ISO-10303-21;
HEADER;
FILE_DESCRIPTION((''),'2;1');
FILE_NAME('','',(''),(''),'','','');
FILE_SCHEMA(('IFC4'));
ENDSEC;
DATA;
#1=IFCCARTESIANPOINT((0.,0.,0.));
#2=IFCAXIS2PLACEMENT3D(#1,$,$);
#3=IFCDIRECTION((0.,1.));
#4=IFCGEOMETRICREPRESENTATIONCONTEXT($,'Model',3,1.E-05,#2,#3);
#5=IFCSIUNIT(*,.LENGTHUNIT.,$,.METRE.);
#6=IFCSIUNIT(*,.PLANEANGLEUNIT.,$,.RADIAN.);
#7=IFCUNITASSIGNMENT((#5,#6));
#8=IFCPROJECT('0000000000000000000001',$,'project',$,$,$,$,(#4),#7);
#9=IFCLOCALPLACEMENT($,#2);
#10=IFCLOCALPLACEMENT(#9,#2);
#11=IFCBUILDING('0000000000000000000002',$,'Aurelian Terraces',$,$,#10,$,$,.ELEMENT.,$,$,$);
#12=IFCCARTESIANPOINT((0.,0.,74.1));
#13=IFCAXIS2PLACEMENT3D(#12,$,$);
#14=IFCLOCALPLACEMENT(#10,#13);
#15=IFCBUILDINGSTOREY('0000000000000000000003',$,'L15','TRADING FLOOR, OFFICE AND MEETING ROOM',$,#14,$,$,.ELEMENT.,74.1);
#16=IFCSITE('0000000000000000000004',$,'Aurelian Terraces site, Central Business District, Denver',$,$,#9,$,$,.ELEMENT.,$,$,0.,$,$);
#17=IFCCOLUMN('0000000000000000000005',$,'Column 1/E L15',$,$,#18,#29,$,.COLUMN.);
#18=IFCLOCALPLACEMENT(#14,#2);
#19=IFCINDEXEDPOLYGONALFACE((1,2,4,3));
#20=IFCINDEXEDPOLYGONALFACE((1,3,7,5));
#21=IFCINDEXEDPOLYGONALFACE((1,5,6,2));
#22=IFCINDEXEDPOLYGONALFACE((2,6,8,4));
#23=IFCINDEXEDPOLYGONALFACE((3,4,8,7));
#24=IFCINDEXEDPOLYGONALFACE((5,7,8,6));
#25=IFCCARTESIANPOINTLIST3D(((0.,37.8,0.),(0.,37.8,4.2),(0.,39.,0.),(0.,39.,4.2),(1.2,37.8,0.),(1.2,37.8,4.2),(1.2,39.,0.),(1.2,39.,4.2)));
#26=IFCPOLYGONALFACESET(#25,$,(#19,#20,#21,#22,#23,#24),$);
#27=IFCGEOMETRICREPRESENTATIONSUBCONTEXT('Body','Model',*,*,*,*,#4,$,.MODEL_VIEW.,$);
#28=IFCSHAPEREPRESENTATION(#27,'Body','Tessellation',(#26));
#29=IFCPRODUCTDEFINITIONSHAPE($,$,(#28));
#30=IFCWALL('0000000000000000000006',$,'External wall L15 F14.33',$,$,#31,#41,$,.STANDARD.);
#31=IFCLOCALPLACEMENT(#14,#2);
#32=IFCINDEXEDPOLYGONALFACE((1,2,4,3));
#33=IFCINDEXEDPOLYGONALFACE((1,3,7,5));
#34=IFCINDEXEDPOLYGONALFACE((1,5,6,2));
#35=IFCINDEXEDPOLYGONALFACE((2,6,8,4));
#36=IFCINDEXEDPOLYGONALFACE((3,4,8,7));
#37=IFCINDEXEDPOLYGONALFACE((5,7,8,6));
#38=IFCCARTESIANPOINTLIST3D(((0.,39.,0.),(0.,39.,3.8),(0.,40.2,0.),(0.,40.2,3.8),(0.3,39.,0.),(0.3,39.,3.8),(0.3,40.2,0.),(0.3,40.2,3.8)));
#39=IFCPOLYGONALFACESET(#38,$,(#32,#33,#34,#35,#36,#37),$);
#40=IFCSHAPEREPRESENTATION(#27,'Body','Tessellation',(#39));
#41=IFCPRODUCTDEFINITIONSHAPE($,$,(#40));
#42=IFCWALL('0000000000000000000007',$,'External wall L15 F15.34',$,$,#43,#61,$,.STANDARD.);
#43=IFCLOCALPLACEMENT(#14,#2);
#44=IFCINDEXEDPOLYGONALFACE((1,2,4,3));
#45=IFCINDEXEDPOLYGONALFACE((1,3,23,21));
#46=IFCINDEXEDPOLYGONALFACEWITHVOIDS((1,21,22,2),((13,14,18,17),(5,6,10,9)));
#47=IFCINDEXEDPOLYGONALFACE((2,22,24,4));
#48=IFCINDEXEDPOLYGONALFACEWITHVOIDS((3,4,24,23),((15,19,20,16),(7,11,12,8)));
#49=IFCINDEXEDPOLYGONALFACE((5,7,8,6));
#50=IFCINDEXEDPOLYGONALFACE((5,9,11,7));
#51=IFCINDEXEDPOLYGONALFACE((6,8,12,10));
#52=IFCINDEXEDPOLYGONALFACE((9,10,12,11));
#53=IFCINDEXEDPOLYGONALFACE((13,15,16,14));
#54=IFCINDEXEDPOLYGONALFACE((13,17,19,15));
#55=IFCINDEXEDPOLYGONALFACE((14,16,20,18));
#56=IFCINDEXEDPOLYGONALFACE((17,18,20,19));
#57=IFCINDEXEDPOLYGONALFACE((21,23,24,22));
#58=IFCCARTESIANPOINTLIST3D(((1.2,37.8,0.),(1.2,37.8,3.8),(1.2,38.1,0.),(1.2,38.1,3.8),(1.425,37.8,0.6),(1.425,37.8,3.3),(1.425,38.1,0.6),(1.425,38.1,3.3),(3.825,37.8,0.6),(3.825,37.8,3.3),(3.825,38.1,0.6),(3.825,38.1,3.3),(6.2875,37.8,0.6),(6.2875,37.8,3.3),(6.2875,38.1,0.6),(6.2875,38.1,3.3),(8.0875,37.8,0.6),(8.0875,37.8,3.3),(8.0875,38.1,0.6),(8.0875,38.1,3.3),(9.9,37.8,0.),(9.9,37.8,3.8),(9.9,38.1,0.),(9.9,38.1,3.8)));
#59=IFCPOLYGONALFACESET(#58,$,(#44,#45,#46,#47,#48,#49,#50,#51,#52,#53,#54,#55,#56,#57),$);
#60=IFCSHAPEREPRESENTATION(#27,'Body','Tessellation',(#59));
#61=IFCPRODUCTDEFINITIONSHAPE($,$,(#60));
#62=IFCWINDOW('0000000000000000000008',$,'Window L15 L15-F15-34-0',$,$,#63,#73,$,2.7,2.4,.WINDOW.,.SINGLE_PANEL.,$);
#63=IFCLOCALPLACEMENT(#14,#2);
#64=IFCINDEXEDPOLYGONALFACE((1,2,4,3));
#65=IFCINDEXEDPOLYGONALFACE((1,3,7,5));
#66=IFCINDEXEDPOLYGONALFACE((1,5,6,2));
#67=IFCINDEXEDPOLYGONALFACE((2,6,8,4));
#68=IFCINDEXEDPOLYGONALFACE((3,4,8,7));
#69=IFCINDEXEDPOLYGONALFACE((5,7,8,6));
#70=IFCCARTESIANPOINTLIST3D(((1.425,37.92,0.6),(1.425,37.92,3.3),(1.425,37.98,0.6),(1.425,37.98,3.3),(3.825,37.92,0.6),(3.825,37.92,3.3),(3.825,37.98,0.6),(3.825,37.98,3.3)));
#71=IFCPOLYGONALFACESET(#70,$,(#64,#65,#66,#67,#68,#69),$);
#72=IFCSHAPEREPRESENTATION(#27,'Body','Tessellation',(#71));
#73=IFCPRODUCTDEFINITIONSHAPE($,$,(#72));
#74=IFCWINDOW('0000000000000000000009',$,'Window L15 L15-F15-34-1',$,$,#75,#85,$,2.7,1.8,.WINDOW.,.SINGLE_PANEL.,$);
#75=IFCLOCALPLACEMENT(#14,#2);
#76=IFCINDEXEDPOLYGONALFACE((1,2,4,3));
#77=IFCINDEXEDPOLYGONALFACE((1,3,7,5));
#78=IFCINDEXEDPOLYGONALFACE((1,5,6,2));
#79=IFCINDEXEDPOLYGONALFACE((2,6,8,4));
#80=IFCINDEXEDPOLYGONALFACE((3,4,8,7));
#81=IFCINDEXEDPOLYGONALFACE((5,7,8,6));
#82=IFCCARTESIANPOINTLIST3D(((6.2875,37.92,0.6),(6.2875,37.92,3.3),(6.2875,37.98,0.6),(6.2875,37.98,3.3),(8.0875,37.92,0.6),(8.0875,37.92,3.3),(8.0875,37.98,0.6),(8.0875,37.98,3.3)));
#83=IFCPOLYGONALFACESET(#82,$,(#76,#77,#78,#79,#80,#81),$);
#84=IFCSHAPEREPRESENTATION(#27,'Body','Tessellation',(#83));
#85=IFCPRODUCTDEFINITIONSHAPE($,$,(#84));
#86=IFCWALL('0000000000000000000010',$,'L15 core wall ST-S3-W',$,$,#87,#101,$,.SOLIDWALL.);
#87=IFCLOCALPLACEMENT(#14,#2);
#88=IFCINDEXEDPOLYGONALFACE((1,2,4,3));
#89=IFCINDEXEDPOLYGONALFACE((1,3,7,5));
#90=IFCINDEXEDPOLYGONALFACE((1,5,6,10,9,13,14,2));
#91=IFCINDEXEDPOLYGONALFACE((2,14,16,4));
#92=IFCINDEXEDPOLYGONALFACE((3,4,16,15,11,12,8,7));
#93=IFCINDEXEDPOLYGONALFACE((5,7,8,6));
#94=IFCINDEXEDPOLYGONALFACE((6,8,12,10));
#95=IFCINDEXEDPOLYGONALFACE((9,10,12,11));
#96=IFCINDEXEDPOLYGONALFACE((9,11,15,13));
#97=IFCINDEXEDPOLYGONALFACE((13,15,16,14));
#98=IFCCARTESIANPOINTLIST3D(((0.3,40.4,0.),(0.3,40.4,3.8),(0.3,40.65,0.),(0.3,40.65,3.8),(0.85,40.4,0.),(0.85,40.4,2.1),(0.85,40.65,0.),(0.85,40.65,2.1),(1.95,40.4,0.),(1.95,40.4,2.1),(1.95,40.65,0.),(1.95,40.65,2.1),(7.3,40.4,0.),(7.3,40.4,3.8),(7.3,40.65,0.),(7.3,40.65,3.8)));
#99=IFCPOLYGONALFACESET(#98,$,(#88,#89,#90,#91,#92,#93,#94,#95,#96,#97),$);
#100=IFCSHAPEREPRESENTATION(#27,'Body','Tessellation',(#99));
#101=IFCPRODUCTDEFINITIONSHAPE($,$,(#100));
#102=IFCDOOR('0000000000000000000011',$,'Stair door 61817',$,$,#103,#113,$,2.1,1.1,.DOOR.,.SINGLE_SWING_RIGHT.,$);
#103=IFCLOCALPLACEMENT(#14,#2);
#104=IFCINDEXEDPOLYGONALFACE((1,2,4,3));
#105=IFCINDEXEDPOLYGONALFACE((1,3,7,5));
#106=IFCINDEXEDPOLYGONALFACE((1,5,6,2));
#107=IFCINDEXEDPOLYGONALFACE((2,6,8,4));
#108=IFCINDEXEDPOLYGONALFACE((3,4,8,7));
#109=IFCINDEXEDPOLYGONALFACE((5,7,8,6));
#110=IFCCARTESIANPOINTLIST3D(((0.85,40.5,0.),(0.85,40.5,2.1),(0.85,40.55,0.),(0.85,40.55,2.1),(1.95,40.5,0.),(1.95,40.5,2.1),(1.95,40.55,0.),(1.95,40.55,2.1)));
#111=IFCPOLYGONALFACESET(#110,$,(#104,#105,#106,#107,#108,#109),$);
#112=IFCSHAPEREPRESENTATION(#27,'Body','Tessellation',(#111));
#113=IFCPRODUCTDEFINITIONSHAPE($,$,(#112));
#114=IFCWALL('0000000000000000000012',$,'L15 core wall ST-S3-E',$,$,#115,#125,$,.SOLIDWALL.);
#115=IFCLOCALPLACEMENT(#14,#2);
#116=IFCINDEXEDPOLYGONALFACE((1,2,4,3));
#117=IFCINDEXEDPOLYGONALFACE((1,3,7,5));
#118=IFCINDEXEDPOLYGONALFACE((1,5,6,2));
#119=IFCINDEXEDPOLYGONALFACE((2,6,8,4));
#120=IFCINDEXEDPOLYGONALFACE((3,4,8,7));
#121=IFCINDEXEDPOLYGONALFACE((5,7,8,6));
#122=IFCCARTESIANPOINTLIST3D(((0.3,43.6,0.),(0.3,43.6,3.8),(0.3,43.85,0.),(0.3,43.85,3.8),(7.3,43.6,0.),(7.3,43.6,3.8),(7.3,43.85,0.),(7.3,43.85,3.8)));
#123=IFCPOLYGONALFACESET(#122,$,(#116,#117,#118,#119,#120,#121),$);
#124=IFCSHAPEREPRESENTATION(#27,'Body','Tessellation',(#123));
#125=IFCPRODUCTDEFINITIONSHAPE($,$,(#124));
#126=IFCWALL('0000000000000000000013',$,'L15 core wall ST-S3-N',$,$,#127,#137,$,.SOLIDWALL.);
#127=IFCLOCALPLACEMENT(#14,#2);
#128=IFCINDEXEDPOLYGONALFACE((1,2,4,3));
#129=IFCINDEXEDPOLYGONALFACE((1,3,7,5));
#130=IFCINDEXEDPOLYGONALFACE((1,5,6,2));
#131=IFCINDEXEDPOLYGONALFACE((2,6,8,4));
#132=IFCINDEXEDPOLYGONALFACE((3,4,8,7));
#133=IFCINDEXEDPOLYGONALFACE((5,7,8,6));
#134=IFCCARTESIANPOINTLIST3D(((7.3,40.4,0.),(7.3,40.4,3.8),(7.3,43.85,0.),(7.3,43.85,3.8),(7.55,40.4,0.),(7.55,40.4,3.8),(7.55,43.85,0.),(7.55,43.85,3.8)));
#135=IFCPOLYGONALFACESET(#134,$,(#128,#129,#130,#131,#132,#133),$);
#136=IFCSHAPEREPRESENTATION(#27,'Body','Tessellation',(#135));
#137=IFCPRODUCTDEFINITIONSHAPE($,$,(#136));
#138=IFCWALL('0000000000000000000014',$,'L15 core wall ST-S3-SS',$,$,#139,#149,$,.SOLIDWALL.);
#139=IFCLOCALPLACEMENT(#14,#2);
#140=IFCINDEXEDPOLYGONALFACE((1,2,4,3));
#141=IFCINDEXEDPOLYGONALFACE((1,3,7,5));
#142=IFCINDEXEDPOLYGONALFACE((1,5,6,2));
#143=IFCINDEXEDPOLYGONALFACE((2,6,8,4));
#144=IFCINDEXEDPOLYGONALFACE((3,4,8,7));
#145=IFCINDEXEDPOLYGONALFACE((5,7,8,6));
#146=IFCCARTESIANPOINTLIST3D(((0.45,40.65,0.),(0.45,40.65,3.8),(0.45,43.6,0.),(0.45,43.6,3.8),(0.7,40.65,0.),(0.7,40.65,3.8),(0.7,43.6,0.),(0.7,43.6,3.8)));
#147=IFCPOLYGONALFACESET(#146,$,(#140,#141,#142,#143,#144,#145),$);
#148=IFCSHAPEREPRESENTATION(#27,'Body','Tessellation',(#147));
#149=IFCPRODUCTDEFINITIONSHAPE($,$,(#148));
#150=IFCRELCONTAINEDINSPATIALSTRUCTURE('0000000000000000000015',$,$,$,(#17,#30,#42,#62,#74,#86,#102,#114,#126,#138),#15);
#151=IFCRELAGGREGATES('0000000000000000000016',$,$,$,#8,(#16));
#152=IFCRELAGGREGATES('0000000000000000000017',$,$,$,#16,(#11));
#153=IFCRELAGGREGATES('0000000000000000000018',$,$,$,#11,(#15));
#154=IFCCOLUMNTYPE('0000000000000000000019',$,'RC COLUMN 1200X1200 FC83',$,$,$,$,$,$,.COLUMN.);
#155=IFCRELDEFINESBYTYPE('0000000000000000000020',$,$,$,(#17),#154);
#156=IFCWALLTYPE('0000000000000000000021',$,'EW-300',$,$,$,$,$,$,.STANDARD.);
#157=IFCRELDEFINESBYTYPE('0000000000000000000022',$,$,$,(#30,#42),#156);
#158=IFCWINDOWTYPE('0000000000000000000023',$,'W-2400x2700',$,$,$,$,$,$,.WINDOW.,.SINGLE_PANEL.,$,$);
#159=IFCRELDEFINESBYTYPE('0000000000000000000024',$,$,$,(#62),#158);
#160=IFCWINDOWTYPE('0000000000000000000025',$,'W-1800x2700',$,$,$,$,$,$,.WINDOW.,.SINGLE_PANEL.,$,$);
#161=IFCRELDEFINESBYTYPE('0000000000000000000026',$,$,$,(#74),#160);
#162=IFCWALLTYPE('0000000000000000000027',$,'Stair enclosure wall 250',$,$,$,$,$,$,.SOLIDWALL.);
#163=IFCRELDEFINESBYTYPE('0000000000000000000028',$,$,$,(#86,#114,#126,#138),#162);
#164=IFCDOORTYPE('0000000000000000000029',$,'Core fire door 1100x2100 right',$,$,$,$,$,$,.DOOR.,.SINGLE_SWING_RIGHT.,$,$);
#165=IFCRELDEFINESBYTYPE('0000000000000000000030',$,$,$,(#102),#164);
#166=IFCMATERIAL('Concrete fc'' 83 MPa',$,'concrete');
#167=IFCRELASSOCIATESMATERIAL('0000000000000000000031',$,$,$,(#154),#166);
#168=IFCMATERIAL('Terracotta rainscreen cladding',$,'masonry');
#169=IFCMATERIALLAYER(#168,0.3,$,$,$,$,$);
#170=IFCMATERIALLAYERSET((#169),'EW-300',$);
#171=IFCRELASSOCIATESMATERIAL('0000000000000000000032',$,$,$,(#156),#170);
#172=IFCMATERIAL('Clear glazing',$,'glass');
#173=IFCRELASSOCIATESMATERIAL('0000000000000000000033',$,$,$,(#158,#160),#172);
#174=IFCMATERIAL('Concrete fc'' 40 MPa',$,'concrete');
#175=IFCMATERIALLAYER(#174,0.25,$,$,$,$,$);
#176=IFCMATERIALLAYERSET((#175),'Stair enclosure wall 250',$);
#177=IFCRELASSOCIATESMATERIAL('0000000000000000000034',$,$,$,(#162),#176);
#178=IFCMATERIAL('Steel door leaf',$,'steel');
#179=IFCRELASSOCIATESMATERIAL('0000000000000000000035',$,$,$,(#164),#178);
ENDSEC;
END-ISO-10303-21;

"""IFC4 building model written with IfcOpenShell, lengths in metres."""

from ifc_helpers import new_model, si_unit, direction, frame, frame_2d, origin, origin_2d, place, context, subcontext, project, spatial, rectangle, extrude, source, transform, mapped, material, layer, layer_set, material_profile, profile_set, type_object, element, fill, save


model = new_model("IFC4")

# Units and contexts
model_context = context("Model", 3, precision=1e-05, world=origin(), true_north=direction((0.0, 1.0)))
body_context = subcontext(model_context, "Body", "Model", "MODEL_VIEW")
ifc_project = project(units=[si_unit("LENGTHUNIT", "METRE"), si_unit("PLANEANGLEUNIT", "RADIAN")], contexts=[model_context])

# Site, building, storey
site_placement = place(None, origin())
site = spatial("IfcSite", under=ifc_project, at=site_placement, Name="Aurelian Terraces site, Central Business District, Denver", CompositionType="ELEMENT", RefElevation=0.0)
building_placement = place(site_placement, origin())
building = spatial("IfcBuilding", under=site, at=building_placement, Name="Aurelian Terraces", CompositionType="ELEMENT")
storey_placement = place(building_placement, frame((0.0, 0.0, 74.1)))
storey = spatial("IfcBuildingStorey", under=building, at=storey_placement, Name="L15", Description="TRADING FLOOR, OFFICE AND MEETING ROOM", CompositionType="ELEMENT", Elevation=74.1)

# Column
ifc_material_1 = material(Name="Concrete fc' 83 MPa", Category="concrete")
ifc_material_profile = material_profile(ifc_material_1, rectangle(XDim=1.2, YDim=1.2, at=origin_2d()))
ifc_profile_set = profile_set([ifc_material_profile], Name="Concrete fc' 83 MPa")
column_type = type_object("IfcColumnType", Name="RC COLUMN 1200X1200 FC83", PredefinedType="COLUMN", material=ifc_profile_set)
shared_shape_1 = source(origin(), body_context, "Body", "SweptSolid", [
    extrude(rectangle(XDim=1.2, YDim=1.2, at=origin_2d()), origin(), (0.0, 0.0, 1.0), 4.2),
])
column_placement = place(storey_placement, frame((0.6, 38.4, 0.0), z_axis=(0.0, 0.0, 1.0), x_axis=(1.0, 0.0, 0.0)))
element("IfcColumn", 1, at=column_placement, inside=storey, type_object=column_type, Name="Column 1/E L15", PredefinedType="COLUMN", context=body_context, shape_type="MappedRepresentation", body=[
    mapped(shared_shape_1, transform((0.0, 0.0, 0.0), scale=1.0)),
])

# Wall
ifc_material_2 = material(Name="Terracotta rainscreen cladding", Category="masonry")
ifc_layer_1 = layer(ifc_material_2, 0.3)
ifc_layer_set_1 = layer_set([ifc_layer_1], Name="EW-300")
wall_type_1 = type_object("IfcWallType", Name="EW-300", PredefinedType="STANDARD", material=ifc_layer_set_1)
shared_shape_2 = source(origin(), body_context, "Body", "SweptSolid", [
    extrude(rectangle(XDim=1.2, YDim=0.3, at=frame_2d((0.6, 0.0))), origin(), (0.0, 0.0, 1.0), 3.8),
])
wall_1_placement = place(storey_placement, frame((0.15, 40.2, 0.0), z_axis=(0.0, 0.0, 1.0), x_axis=(0.0, -1.0, 0.0)))
element("IfcWall", 2, at=wall_1_placement, inside=storey, type_object=wall_type_1, Name="External wall L15 F14.33", PredefinedType="STANDARD", context=body_context, shape_type="MappedRepresentation", body=[
    mapped(shared_shape_2, transform((0.0, 0.0, 0.0), scale=1.0)),
])

# Wall, openings, windows
shared_shape_3 = source(origin(), body_context, "Body", "SweptSolid", [
    extrude(rectangle(XDim=8.7, YDim=0.3, at=frame_2d((4.35, 0.0))), origin(), (0.0, 0.0, 1.0), 3.8),
])
wall_2_placement = place(storey_placement, frame((1.2, 37.95, 0.0), z_axis=(0.0, 0.0, 1.0), x_axis=(1.0, 0.0, 0.0)))
wall_2 = element("IfcWall", 3, at=wall_2_placement, inside=storey, type_object=wall_type_1, Name="External wall L15 F15.34", PredefinedType="STANDARD", context=body_context, shape_type="MappedRepresentation", body=[
    mapped(shared_shape_3, transform((0.0, 0.0, 0.0), scale=1.0)),
])
shared_shape_4 = source(origin(), body_context, "Body", "SweptSolid", [
    extrude(rectangle(XDim=2.4, YDim=2.7, at=frame_2d((1.2, 1.35))), frame((0.0, 0.16, 0.0), z_axis=(0.0, -1.0, 0.0), x_axis=(1.0, 0.0, 0.0)), (0.0, 0.0, 1.0), 0.32),
])
opening_1_placement = place(wall_2_placement, frame((0.225, 0.0, 0.6)))
opening_1 = element("IfcOpeningElement", 4, at=opening_1_placement, cuts=wall_2, PredefinedType="OPENING", context=body_context, shape_type="MappedRepresentation", body=[
    mapped(shared_shape_4, transform((0.0, 0.0, 0.0), scale=1.0)),
])
shared_shape_5 = source(origin(), body_context, "Body", "SweptSolid", [
    extrude(rectangle(XDim=1.8, YDim=2.7, at=frame_2d((0.9, 1.35))), frame((0.0, 0.16, 0.0), z_axis=(0.0, -1.0, 0.0), x_axis=(1.0, 0.0, 0.0)), (0.0, 0.0, 1.0), 0.32),
])
opening_2_placement = place(wall_2_placement, frame((5.0875, 0.0, 0.6)))
opening_2 = element("IfcOpeningElement", 5, at=opening_2_placement, cuts=wall_2, PredefinedType="OPENING", context=body_context, shape_type="MappedRepresentation", body=[
    mapped(shared_shape_5, transform((0.0, 0.0, 0.0), scale=1.0)),
])
ifc_material_3 = material(Name="Clear glazing", Category="glass")
window_type_1 = type_object("IfcWindowType", Name="W-2400x2700", PartitioningType="SINGLE_PANEL", PredefinedType="WINDOW", material=ifc_material_3)
shared_shape_6 = source(origin(), body_context, "Body", "SweptSolid", [
    extrude(rectangle(XDim=2.4, YDim=2.7, at=frame_2d((1.2, 1.35))), frame((0.0, 0.03, 0.0), z_axis=(0.0, -1.0, 0.0), x_axis=(1.0, 0.0, 0.0)), (0.0, 0.0, 1.0), 0.06),
])
window_1_placement = place(opening_1_placement, origin())
window_1 = element("IfcWindow", 6, at=window_1_placement, inside=storey, type_object=window_type_1, Name="Window L15 L15-F15-34-0", OverallHeight=2.7, OverallWidth=2.4, PartitioningType="SINGLE_PANEL", PredefinedType="WINDOW", context=body_context, shape_type="MappedRepresentation", body=[
    mapped(shared_shape_6, transform((0.0, 0.0, 0.0), scale=1.0)),
])
fill(opening_1, window_1)
window_type_2 = type_object("IfcWindowType", Name="W-1800x2700", PartitioningType="SINGLE_PANEL", PredefinedType="WINDOW", material=ifc_material_3)
shared_shape_7 = source(origin(), body_context, "Body", "SweptSolid", [
    extrude(rectangle(XDim=1.8, YDim=2.7, at=frame_2d((0.9, 1.35))), frame((0.0, 0.03, 0.0), z_axis=(0.0, -1.0, 0.0), x_axis=(1.0, 0.0, 0.0)), (0.0, 0.0, 1.0), 0.06),
])
window_2_placement = place(opening_2_placement, origin())
window_2 = element("IfcWindow", 7, at=window_2_placement, inside=storey, type_object=window_type_2, Name="Window L15 L15-F15-34-1", OverallHeight=2.7, OverallWidth=1.8, PartitioningType="SINGLE_PANEL", PredefinedType="WINDOW", context=body_context, shape_type="MappedRepresentation", body=[
    mapped(shared_shape_7, transform((0.0, 0.0, 0.0), scale=1.0)),
])
fill(opening_2, window_2)

# Wall, opening, door
ifc_material_4 = material(Name="Concrete fc' 40 MPa", Category="concrete")
ifc_layer_2 = layer(ifc_material_4, 0.25)
ifc_layer_set_2 = layer_set([ifc_layer_2], Name="Stair enclosure wall 250")
wall_type_2 = type_object("IfcWallType", Name="Stair enclosure wall 250", PredefinedType="SOLIDWALL", material=ifc_layer_set_2)
shared_shape_8 = source(origin(), body_context, "Body", "SweptSolid", [
    extrude(rectangle(XDim=7.0, YDim=0.25, at=frame_2d((3.5, 0.0))), origin(), (0.0, 0.0, 1.0), 3.8),
])
wall_3_placement = place(storey_placement, frame((0.3, 40.525, 0.0), z_axis=(0.0, 0.0, 1.0), x_axis=(1.0, 0.0, 0.0)))
wall_3 = element("IfcWall", 8, at=wall_3_placement, inside=storey, type_object=wall_type_2, Name="L15 core wall ST-S3-W", PredefinedType="SOLIDWALL", context=body_context, shape_type="MappedRepresentation", body=[
    mapped(shared_shape_8, transform((0.0, 0.0, 0.0), scale=1.0)),
])
shared_shape_9 = source(origin(), body_context, "Body", "SweptSolid", [
    extrude(rectangle(XDim=1.1, YDim=2.1, at=frame_2d((0.55, 1.05))), frame((0.0, 0.135, 0.0), z_axis=(0.0, -1.0, 0.0), x_axis=(1.0, 0.0, 0.0)), (0.0, 0.0, 1.0), 0.27),
])
opening_3_placement = place(wall_3_placement, frame((0.55, 0.0, 0.0)))
opening_3 = element("IfcOpeningElement", 9, at=opening_3_placement, cuts=wall_3, PredefinedType="OPENING", context=body_context, shape_type="MappedRepresentation", body=[
    mapped(shared_shape_9, transform((0.0, 0.0, 0.0), scale=1.0)),
])
ifc_material_5 = material(Name="Steel door leaf", Category="steel")
door_type_1 = type_object("IfcDoorType", Name="Core fire door 1100x2100 right", OperationType="SINGLE_SWING_RIGHT", PredefinedType="DOOR", material=ifc_material_5)
shared_shape_10 = source(origin(), body_context, "Body", "SweptSolid", [
    extrude(rectangle(XDim=1.1, YDim=2.1, at=frame_2d((0.55, 1.05))), frame((0.0, 0.025, 0.0), z_axis=(0.0, -1.0, 0.0), x_axis=(1.0, 0.0, 0.0)), (0.0, 0.0, 1.0), 0.05),
])
door_1_placement = place(opening_3_placement, origin())
door_1 = element("IfcDoor", 10, at=door_1_placement, inside=storey, type_object=door_type_1, Name="Stair door 61817", OperationType="SINGLE_SWING_RIGHT", OverallHeight=2.1, OverallWidth=1.1, PredefinedType="DOOR", context=body_context, shape_type="MappedRepresentation", body=[
    mapped(shared_shape_10, transform((0.0, 0.0, 0.0), scale=1.0)),
])
fill(opening_3, door_1)

# Walls
wall_4_placement = place(storey_placement, frame((0.3, 43.725, 0.0), z_axis=(0.0, 0.0, 1.0), x_axis=(1.0, 0.0, 0.0)))
element("IfcWall", 11, at=wall_4_placement, inside=storey, type_object=wall_type_2, Name="L15 core wall ST-S3-E", PredefinedType="SOLIDWALL", context=body_context, shape_type="MappedRepresentation", body=[
    mapped(shared_shape_8, transform((0.0, 0.0, 0.0), scale=1.0)),
])
shared_shape_11 = source(origin(), body_context, "Body", "SweptSolid", [
    extrude(rectangle(XDim=3.45, YDim=0.25, at=frame_2d((1.725, 0.0))), origin(), (0.0, 0.0, 1.0), 3.8),
])
wall_5_placement = place(storey_placement, frame((7.425, 40.4, 0.0), z_axis=(0.0, 0.0, 1.0), x_axis=(0.0, 1.0, 0.0)))
element("IfcWall", 12, at=wall_5_placement, inside=storey, type_object=wall_type_2, Name="L15 core wall ST-S3-N", PredefinedType="SOLIDWALL", context=body_context, shape_type="MappedRepresentation", body=[
    mapped(shared_shape_11, transform((0.0, 0.0, 0.0), scale=1.0)),
])
shared_shape_12 = source(origin(), body_context, "Body", "SweptSolid", [
    extrude(rectangle(XDim=2.95, YDim=0.25, at=frame_2d((1.475, 0.0))), origin(), (0.0, 0.0, 1.0), 3.8),
])
wall_6_placement = place(storey_placement, frame((0.575, 40.65, 0.0), z_axis=(0.0, 0.0, 1.0), x_axis=(0.0, 1.0, 0.0)))
element("IfcWall", 13, at=wall_6_placement, inside=storey, type_object=wall_type_2, Name="L15 core wall ST-S3-SS", PredefinedType="SOLIDWALL", context=body_context, shape_type="MappedRepresentation", body=[
    mapped(shared_shape_12, transform((0.0, 0.0, 0.0), scale=1.0)),
])

save(model, "model.ifc")
